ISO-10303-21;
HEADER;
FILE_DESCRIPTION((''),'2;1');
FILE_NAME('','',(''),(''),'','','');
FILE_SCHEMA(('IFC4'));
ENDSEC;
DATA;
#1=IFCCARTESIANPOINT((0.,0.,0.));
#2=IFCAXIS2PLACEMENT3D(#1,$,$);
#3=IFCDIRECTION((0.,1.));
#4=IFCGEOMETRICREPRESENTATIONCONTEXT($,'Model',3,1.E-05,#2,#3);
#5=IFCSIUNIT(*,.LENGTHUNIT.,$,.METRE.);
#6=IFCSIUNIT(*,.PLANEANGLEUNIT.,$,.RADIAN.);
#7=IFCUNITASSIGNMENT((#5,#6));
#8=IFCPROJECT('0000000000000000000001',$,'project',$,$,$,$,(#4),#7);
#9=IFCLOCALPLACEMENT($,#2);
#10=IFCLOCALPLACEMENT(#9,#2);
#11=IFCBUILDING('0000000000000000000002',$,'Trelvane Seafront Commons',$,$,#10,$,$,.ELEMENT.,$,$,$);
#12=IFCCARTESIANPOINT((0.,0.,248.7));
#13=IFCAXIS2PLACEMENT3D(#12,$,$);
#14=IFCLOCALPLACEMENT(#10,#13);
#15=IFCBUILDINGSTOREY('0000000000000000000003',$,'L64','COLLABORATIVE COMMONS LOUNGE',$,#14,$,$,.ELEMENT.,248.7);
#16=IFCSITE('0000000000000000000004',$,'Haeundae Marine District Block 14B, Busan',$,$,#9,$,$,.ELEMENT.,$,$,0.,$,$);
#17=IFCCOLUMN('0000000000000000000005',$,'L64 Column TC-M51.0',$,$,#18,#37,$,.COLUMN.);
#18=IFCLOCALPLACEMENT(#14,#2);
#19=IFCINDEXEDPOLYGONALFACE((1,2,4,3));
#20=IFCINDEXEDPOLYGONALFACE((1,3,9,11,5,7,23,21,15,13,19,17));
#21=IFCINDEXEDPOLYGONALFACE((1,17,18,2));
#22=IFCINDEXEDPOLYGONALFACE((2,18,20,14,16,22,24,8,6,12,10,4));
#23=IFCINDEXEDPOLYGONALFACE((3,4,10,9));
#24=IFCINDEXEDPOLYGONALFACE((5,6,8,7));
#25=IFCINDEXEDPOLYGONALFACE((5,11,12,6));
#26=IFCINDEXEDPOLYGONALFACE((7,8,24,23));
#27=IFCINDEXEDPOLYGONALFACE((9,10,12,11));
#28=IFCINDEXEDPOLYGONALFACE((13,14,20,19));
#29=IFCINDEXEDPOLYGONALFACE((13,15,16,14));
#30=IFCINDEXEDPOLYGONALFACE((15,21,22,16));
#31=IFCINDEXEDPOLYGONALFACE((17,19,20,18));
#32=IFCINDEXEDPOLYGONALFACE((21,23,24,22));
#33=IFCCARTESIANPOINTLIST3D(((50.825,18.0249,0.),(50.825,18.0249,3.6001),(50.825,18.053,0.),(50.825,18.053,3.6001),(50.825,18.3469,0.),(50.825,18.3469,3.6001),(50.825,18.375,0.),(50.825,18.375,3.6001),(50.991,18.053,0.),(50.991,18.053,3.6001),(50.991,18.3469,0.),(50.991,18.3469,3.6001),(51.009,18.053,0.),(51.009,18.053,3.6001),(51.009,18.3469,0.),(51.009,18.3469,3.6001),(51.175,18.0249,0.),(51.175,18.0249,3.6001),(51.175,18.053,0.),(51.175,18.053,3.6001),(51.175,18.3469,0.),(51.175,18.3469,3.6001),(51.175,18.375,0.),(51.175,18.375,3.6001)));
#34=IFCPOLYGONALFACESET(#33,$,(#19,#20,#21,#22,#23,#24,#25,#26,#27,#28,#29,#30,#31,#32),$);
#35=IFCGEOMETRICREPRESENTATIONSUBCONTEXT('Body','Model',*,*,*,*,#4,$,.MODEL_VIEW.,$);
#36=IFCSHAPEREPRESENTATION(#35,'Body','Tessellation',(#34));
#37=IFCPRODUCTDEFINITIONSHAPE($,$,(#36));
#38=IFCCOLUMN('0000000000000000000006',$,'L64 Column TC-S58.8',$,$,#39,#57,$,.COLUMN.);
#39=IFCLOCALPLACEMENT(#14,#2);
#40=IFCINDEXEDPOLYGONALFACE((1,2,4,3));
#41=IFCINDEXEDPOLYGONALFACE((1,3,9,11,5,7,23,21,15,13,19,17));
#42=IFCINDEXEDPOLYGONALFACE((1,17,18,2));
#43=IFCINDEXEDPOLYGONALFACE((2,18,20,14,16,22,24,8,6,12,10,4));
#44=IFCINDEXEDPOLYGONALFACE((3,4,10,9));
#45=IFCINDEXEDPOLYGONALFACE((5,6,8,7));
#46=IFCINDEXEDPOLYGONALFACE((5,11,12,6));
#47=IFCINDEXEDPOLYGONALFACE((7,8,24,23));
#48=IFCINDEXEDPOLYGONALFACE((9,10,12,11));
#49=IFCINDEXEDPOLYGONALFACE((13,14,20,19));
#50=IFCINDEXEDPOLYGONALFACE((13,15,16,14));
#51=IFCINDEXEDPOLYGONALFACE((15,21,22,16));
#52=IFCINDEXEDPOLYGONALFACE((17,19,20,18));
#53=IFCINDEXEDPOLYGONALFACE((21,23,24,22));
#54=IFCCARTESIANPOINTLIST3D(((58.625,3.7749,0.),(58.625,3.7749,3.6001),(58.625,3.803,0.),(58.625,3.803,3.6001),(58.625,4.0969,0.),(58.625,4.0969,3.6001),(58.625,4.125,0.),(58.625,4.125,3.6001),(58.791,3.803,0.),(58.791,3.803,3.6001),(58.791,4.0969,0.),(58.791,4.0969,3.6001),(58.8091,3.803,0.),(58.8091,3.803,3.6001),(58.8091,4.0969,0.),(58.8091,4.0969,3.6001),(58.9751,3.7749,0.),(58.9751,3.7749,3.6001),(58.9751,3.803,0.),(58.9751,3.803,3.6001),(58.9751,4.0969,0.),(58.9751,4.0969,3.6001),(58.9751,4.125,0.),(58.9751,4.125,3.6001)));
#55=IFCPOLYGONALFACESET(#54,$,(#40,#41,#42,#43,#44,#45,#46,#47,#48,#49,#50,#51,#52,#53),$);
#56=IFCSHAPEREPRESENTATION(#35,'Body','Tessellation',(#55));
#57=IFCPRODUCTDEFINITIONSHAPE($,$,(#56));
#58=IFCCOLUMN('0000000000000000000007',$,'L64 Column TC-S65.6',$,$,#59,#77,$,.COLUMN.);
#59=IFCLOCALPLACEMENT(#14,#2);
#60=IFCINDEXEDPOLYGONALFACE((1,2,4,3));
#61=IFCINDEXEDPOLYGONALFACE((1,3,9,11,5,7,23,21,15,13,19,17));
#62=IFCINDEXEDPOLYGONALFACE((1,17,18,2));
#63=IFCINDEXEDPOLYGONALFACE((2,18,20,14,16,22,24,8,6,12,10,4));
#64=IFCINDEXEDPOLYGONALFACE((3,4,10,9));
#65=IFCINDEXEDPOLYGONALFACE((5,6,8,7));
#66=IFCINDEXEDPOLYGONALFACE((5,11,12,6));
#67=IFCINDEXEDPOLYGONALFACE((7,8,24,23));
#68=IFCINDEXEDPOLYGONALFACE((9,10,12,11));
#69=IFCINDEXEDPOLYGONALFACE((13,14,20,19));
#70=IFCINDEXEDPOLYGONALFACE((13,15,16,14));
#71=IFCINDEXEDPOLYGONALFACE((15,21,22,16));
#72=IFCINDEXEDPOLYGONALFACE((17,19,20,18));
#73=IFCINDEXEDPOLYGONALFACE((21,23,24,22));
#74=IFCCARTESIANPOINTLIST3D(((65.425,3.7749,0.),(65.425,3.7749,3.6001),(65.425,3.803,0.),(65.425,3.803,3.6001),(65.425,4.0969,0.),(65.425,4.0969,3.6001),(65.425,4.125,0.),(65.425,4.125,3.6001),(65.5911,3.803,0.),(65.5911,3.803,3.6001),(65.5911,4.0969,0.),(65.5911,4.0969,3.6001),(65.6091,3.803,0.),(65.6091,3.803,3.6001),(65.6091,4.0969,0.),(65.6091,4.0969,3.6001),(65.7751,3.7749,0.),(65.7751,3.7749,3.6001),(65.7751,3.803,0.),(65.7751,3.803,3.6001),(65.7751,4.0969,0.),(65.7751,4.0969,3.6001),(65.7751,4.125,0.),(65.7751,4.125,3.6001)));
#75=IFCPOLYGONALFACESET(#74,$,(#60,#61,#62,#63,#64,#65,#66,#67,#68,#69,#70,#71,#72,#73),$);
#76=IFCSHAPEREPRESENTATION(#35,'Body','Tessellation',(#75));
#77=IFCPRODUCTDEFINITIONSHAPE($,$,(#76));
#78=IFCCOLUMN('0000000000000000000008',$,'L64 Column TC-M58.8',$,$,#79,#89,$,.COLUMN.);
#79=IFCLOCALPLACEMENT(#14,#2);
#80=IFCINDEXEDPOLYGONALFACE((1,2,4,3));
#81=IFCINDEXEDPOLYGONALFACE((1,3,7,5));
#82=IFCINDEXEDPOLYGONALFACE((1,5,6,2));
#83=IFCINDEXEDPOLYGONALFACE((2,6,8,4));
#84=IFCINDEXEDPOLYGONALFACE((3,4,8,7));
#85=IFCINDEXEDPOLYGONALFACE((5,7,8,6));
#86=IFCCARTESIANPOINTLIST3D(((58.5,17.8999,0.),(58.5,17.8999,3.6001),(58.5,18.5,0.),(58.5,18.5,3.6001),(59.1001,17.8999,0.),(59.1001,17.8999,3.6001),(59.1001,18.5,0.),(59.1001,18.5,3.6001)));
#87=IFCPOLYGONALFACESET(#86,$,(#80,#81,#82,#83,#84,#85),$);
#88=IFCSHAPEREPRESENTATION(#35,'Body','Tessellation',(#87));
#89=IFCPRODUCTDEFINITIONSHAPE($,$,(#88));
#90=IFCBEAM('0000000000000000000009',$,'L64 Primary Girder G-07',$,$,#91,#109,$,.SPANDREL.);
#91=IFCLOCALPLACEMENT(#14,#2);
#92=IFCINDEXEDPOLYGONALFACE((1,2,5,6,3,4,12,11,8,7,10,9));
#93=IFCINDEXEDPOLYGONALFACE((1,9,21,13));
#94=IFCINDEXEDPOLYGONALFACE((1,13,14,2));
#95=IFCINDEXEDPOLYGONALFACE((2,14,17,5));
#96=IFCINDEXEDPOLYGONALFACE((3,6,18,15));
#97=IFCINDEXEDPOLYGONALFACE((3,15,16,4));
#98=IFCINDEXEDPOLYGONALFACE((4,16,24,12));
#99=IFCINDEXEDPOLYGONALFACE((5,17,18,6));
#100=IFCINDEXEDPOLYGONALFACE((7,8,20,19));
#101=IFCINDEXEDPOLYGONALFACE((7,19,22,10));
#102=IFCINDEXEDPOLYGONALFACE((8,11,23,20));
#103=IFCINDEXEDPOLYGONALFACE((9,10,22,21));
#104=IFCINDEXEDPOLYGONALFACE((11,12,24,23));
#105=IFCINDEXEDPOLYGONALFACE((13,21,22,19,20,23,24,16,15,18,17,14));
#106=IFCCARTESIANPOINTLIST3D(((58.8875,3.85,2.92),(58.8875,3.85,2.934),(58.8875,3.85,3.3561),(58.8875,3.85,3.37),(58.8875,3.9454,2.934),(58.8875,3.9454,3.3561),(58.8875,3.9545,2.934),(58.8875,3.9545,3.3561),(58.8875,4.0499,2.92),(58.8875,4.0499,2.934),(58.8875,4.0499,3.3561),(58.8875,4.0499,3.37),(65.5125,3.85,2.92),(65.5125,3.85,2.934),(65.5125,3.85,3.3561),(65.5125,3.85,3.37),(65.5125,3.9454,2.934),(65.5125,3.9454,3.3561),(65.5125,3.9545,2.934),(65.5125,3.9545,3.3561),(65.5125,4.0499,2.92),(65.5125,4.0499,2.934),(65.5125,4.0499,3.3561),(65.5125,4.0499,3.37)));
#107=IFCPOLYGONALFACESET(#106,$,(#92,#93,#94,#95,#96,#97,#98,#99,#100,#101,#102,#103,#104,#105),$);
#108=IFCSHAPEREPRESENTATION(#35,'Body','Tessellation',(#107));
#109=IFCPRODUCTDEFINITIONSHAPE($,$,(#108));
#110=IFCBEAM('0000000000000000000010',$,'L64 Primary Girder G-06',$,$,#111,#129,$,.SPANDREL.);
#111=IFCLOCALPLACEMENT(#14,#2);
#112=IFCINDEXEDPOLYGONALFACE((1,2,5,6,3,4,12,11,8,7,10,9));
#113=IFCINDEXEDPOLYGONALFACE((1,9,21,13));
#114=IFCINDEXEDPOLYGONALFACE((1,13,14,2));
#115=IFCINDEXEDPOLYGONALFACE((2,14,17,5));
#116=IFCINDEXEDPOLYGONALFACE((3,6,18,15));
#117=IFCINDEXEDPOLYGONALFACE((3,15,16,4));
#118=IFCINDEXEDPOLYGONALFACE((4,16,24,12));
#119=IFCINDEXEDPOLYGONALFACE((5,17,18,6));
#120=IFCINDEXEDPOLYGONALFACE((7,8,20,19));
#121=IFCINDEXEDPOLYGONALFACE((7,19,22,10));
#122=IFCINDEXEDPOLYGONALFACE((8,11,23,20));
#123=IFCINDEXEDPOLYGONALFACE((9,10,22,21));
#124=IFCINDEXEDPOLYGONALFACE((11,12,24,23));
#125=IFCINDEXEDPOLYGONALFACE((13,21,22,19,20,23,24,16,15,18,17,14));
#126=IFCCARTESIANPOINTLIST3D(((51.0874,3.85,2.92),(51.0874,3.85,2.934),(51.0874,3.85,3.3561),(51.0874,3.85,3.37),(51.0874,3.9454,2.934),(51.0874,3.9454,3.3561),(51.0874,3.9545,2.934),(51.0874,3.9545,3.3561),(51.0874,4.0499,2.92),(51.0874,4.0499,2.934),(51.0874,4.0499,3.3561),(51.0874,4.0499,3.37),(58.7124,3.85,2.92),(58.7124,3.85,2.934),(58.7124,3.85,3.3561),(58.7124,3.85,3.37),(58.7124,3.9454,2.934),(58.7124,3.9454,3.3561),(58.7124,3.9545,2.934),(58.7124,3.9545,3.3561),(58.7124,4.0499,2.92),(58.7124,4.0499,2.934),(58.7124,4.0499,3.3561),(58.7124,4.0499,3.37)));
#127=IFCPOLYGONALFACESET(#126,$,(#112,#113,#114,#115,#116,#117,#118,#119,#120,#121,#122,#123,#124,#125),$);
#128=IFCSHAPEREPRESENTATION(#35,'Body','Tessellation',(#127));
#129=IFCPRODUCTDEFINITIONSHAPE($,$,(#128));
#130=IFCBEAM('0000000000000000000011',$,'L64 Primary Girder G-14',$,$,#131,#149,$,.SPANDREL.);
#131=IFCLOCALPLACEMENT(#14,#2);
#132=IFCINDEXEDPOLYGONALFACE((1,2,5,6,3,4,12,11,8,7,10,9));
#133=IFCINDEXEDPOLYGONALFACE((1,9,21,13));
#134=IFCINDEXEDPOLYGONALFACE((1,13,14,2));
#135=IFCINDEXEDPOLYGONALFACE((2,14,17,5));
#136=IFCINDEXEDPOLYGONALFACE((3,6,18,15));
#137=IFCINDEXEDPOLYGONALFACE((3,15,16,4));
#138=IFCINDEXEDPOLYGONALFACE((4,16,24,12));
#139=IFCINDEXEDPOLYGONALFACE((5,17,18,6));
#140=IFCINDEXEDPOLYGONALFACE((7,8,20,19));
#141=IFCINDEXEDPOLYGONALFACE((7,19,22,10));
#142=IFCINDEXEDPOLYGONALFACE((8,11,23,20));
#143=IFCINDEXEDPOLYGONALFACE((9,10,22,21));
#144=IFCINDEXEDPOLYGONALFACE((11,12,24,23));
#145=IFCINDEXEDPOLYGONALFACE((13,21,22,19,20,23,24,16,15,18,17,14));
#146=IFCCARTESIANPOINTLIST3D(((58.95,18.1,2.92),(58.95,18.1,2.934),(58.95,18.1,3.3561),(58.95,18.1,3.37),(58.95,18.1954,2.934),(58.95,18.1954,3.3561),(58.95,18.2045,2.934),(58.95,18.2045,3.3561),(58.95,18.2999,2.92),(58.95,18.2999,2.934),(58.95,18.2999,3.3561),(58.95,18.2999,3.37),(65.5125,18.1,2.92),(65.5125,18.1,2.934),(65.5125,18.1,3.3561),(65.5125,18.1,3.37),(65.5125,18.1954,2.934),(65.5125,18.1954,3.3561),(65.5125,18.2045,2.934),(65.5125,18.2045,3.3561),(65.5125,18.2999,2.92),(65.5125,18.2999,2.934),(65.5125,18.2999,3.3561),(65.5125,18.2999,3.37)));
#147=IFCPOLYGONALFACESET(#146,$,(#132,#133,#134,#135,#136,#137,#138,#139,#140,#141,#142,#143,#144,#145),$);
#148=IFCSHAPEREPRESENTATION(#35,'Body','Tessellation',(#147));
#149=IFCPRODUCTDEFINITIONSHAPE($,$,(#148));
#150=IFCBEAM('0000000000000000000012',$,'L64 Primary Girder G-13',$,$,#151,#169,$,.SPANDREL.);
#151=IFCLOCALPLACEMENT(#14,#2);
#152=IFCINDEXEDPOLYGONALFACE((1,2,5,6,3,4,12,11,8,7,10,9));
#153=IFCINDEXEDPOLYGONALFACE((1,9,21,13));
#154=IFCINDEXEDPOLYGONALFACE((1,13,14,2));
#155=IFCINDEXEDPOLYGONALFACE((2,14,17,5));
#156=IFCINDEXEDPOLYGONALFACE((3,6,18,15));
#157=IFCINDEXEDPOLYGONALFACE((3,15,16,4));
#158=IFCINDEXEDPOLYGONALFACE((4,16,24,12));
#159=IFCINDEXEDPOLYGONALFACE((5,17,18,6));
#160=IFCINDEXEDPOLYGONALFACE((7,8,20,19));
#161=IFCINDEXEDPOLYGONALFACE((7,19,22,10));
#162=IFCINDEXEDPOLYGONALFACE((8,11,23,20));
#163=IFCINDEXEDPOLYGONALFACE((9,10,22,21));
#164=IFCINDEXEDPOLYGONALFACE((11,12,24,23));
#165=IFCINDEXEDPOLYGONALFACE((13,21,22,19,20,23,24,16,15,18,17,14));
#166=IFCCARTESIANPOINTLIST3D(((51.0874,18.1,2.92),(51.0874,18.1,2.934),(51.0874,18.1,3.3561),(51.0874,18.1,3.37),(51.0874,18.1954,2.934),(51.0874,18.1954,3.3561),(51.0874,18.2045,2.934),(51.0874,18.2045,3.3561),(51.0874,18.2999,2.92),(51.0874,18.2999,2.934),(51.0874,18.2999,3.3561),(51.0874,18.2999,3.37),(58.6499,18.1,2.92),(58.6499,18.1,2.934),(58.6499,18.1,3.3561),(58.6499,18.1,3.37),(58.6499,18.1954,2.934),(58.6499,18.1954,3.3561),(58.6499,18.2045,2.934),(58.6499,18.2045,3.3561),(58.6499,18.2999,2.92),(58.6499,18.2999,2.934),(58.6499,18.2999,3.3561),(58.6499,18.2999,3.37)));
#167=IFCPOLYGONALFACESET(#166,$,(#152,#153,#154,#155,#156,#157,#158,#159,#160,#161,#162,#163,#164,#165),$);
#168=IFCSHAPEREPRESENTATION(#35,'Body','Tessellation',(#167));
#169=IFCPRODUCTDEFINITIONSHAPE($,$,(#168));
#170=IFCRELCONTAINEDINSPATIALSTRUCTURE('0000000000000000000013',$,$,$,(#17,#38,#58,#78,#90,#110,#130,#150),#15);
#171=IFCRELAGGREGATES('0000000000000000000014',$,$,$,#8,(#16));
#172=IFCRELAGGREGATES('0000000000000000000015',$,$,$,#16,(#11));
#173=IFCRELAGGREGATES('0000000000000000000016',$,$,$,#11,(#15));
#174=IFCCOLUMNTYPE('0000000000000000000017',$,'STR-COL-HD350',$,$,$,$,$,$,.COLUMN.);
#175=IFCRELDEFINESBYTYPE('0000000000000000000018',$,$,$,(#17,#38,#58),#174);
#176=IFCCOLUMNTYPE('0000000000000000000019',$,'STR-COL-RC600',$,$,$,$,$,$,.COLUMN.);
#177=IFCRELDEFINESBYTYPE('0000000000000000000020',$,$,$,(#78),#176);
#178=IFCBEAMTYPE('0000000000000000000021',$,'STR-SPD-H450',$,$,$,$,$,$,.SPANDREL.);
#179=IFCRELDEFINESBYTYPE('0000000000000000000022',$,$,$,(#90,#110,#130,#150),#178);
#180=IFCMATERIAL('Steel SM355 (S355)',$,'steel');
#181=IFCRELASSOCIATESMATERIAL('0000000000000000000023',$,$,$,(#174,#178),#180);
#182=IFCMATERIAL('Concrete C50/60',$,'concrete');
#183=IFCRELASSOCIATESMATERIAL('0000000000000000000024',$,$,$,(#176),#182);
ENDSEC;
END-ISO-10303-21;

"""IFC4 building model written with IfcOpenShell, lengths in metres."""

from ifc_helpers import new_model, si_unit, direction, frame, origin, origin_2d, place, context, subcontext, project, spatial, rectangle, i_section, extrude, source, transform, mapped, material, material_profile, profile_set, type_object, element, save


model = new_model("IFC4")

# Units and contexts
model_context = context("Model", 3, precision=1e-05, world=origin(), true_north=direction((0.0, 1.0)))
body_context = subcontext(model_context, "Body", "Model", "MODEL_VIEW")
ifc_project = project(units=[si_unit("LENGTHUNIT", "METRE"), si_unit("PLANEANGLEUNIT", "RADIAN")], contexts=[model_context])

# Site, building, storey
site_placement = place(None, origin())
site = spatial("IfcSite", under=ifc_project, at=site_placement, Name="Haeundae Marine District Block 14B, Busan", CompositionType="ELEMENT", RefElevation=0.0)
building_placement = place(site_placement, origin())
building = spatial("IfcBuilding", under=site, at=building_placement, Name="Trelvane Seafront Commons", CompositionType="ELEMENT")
storey_placement = place(building_placement, frame((0.0, 0.0, 248.7)))
storey = spatial("IfcBuildingStorey", under=building, at=storey_placement, Name="L64", Description="COLLABORATIVE COMMONS LOUNGE", CompositionType="ELEMENT", Elevation=248.7)

# Columns
ifc_material_1 = material(Name="Steel SM355 (S355)", Category="steel")
ifc_material_profile_1 = material_profile(ifc_material_1, i_section(OverallWidth=0.3501, OverallDepth=0.3501, WebThickness=0.0181, FlangeThickness=0.0281, at=origin_2d()), Name="HD-350x350x18x28")
ifc_profile_set_1 = profile_set([ifc_material_profile_1], Name="Steel SM355 (S355)")
column_type_1 = type_object("IfcColumnType", Name="STR-COL-HD350", PredefinedType="COLUMN", material=ifc_profile_set_1)
shared_shape_1 = source(origin(), body_context, "Body", "SweptSolid", [
    extrude(i_section(OverallWidth=0.3501, OverallDepth=0.3501, WebThickness=0.0181, FlangeThickness=0.0281, at=origin_2d()), origin(), (0.0, 0.0, 1.0), 3.6001),
])
for number, where, z_axis, x_axis, name in (
    (1, (51.0, 18.2, 0.0), (0.0, 0.0, 1.0), (1.0, 0.0, 0.0), "L64 Column TC-M51.0"),
    (2, (58.8, 3.95, 0.0), (0.0, 0.0, 1.0), (1.0, 0.0, 0.0), "L64 Column TC-S58.8"),
    (3, (65.6001, 3.95, 0.0), (0.0, 0.0, 1.0), (1.0, 0.0, 0.0), "L64 Column TC-S65.6"),
):
    element("IfcColumn", number, at=place(storey_placement, frame(where, z_axis=z_axis, x_axis=x_axis)), inside=storey, type_object=column_type_1, Name=name, PredefinedType="COLUMN", context=body_context, shape_type="MappedRepresentation", body=[
        mapped(shared_shape_1, transform((0.0, 0.0, 0.0), x_axis=(1.0, 0.0, 0.0), y_axis=(0.0, 1.0, 0.0), z_axis=(0.0, 0.0, 1.0), scale=1.0)),
    ])
ifc_material_2 = material(Name="Concrete C50/60", Category="concrete")
ifc_material_profile_2 = material_profile(ifc_material_2, rectangle(XDim=0.6001, YDim=0.6001, at=origin_2d()), Name="RC-600x600")
ifc_profile_set_2 = profile_set([ifc_material_profile_2], Name="Concrete C50/60")
column_type_2 = type_object("IfcColumnType", Name="STR-COL-RC600", PredefinedType="COLUMN", material=ifc_profile_set_2)
shared_shape_2 = source(origin(), body_context, "Body", "SweptSolid", [
    extrude(rectangle(XDim=0.6001, YDim=0.6001, at=origin_2d()), origin(), (0.0, 0.0, 1.0), 3.6001),
])
column_placement = place(storey_placement, frame((58.8, 18.2, 0.0), z_axis=(0.0, 0.0, 1.0), x_axis=(1.0, 0.0, 0.0)))
element("IfcColumn", 4, at=column_placement, inside=storey, type_object=column_type_2, Name="L64 Column TC-M58.8", PredefinedType="COLUMN", context=body_context, shape_type="MappedRepresentation", body=[
    mapped(shared_shape_2, transform((0.0, 0.0, 0.0), x_axis=(1.0, 0.0, 0.0), y_axis=(0.0, 1.0, 0.0), z_axis=(0.0, 0.0, 1.0), scale=1.0)),
])

# Beams
ifc_material_profile_3 = material_profile(ifc_material_1, i_section(OverallWidth=0.2, OverallDepth=0.45, WebThickness=0.009, FlangeThickness=0.0139, at=origin_2d()), Name="H-450x200x9x14")
ifc_profile_set_3 = profile_set([ifc_material_profile_3], Name="Steel SM355 (S355)")
beam_type_1 = type_object("IfcBeamType", Name="STR-SPD-H450", PredefinedType="SPANDREL", material=ifc_profile_set_3)
shared_shape_3 = source(origin(), body_context, "Body", "SweptSolid", [
    extrude(i_section(OverallWidth=0.2, OverallDepth=0.45, WebThickness=0.009, FlangeThickness=0.0139, at=origin_2d()), origin(), (0.0, 0.0, 1.0), 6.625),
])
beam_1_placement = place(storey_placement, frame((58.8875, 3.95, 3.145), z_axis=(1.0, 0.0, 0.0), x_axis=(0.0, 1.0, 0.0)))
element("IfcBeam", 5, at=beam_1_placement, inside=storey, type_object=beam_type_1, Name="L64 Primary Girder G-07", PredefinedType="SPANDREL", context=body_context, shape_type="MappedRepresentation", body=[
    mapped(shared_shape_3, transform((0.0, 0.0, 0.0), x_axis=(1.0, 0.0, 0.0), y_axis=(0.0, 1.0, 0.0), z_axis=(0.0, 0.0, 1.0), scale=1.0)),
])
shared_shape_4 = source(origin(), body_context, "Body", "SweptSolid", [
    extrude(i_section(OverallWidth=0.2, OverallDepth=0.45, WebThickness=0.009, FlangeThickness=0.0139, at=origin_2d()), origin(), (0.0, 0.0, 1.0), 7.625),
])
beam_2_placement = place(storey_placement, frame((51.0874, 3.95, 3.145), z_axis=(1.0, 0.0, 0.0), x_axis=(0.0, 1.0, 0.0)))
element("IfcBeam", 6, at=beam_2_placement, inside=storey, type_object=beam_type_1, Name="L64 Primary Girder G-06", PredefinedType="SPANDREL", context=body_context, shape_type="MappedRepresentation", body=[
    mapped(shared_shape_4, transform((0.0, 0.0, 0.0), x_axis=(1.0, 0.0, 0.0), y_axis=(0.0, 1.0, 0.0), z_axis=(0.0, 0.0, 1.0), scale=1.0)),
])
shared_shape_5 = source(origin(), body_context, "Body", "SweptSolid", [
    extrude(i_section(OverallWidth=0.2, OverallDepth=0.45, WebThickness=0.009, FlangeThickness=0.0139, at=origin_2d()), origin(), (0.0, 0.0, 1.0), 6.5625),
])
beam_3_placement = place(storey_placement, frame((58.95, 18.2, 3.145), z_axis=(1.0, 0.0, 0.0), x_axis=(0.0, 1.0, 0.0)))
element("IfcBeam", 7, at=beam_3_placement, inside=storey, type_object=beam_type_1, Name="L64 Primary Girder G-14", PredefinedType="SPANDREL", context=body_context, shape_type="MappedRepresentation", body=[
    mapped(shared_shape_5, transform((0.0, 0.0, 0.0), x_axis=(1.0, 0.0, 0.0), y_axis=(0.0, 1.0, 0.0), z_axis=(0.0, 0.0, 1.0), scale=1.0)),
])
shared_shape_6 = source(origin(), body_context, "Body", "SweptSolid", [
    extrude(i_section(OverallWidth=0.2, OverallDepth=0.45, WebThickness=0.009, FlangeThickness=0.0139, at=origin_2d()), origin(), (0.0, 0.0, 1.0), 7.5625),
])
beam_4_placement = place(storey_placement, frame((51.0874, 18.2, 3.145), z_axis=(1.0, 0.0, 0.0), x_axis=(0.0, 1.0, 0.0)))
element("IfcBeam", 8, at=beam_4_placement, inside=storey, type_object=beam_type_1, Name="L64 Primary Girder G-13", PredefinedType="SPANDREL", context=body_context, shape_type="MappedRepresentation", body=[
    mapped(shared_shape_6, transform((0.0, 0.0, 0.0), x_axis=(1.0, 0.0, 0.0), y_axis=(0.0, 1.0, 0.0), z_axis=(0.0, 0.0, 1.0), scale=1.0)),
])

save(model, "model.ifc")
